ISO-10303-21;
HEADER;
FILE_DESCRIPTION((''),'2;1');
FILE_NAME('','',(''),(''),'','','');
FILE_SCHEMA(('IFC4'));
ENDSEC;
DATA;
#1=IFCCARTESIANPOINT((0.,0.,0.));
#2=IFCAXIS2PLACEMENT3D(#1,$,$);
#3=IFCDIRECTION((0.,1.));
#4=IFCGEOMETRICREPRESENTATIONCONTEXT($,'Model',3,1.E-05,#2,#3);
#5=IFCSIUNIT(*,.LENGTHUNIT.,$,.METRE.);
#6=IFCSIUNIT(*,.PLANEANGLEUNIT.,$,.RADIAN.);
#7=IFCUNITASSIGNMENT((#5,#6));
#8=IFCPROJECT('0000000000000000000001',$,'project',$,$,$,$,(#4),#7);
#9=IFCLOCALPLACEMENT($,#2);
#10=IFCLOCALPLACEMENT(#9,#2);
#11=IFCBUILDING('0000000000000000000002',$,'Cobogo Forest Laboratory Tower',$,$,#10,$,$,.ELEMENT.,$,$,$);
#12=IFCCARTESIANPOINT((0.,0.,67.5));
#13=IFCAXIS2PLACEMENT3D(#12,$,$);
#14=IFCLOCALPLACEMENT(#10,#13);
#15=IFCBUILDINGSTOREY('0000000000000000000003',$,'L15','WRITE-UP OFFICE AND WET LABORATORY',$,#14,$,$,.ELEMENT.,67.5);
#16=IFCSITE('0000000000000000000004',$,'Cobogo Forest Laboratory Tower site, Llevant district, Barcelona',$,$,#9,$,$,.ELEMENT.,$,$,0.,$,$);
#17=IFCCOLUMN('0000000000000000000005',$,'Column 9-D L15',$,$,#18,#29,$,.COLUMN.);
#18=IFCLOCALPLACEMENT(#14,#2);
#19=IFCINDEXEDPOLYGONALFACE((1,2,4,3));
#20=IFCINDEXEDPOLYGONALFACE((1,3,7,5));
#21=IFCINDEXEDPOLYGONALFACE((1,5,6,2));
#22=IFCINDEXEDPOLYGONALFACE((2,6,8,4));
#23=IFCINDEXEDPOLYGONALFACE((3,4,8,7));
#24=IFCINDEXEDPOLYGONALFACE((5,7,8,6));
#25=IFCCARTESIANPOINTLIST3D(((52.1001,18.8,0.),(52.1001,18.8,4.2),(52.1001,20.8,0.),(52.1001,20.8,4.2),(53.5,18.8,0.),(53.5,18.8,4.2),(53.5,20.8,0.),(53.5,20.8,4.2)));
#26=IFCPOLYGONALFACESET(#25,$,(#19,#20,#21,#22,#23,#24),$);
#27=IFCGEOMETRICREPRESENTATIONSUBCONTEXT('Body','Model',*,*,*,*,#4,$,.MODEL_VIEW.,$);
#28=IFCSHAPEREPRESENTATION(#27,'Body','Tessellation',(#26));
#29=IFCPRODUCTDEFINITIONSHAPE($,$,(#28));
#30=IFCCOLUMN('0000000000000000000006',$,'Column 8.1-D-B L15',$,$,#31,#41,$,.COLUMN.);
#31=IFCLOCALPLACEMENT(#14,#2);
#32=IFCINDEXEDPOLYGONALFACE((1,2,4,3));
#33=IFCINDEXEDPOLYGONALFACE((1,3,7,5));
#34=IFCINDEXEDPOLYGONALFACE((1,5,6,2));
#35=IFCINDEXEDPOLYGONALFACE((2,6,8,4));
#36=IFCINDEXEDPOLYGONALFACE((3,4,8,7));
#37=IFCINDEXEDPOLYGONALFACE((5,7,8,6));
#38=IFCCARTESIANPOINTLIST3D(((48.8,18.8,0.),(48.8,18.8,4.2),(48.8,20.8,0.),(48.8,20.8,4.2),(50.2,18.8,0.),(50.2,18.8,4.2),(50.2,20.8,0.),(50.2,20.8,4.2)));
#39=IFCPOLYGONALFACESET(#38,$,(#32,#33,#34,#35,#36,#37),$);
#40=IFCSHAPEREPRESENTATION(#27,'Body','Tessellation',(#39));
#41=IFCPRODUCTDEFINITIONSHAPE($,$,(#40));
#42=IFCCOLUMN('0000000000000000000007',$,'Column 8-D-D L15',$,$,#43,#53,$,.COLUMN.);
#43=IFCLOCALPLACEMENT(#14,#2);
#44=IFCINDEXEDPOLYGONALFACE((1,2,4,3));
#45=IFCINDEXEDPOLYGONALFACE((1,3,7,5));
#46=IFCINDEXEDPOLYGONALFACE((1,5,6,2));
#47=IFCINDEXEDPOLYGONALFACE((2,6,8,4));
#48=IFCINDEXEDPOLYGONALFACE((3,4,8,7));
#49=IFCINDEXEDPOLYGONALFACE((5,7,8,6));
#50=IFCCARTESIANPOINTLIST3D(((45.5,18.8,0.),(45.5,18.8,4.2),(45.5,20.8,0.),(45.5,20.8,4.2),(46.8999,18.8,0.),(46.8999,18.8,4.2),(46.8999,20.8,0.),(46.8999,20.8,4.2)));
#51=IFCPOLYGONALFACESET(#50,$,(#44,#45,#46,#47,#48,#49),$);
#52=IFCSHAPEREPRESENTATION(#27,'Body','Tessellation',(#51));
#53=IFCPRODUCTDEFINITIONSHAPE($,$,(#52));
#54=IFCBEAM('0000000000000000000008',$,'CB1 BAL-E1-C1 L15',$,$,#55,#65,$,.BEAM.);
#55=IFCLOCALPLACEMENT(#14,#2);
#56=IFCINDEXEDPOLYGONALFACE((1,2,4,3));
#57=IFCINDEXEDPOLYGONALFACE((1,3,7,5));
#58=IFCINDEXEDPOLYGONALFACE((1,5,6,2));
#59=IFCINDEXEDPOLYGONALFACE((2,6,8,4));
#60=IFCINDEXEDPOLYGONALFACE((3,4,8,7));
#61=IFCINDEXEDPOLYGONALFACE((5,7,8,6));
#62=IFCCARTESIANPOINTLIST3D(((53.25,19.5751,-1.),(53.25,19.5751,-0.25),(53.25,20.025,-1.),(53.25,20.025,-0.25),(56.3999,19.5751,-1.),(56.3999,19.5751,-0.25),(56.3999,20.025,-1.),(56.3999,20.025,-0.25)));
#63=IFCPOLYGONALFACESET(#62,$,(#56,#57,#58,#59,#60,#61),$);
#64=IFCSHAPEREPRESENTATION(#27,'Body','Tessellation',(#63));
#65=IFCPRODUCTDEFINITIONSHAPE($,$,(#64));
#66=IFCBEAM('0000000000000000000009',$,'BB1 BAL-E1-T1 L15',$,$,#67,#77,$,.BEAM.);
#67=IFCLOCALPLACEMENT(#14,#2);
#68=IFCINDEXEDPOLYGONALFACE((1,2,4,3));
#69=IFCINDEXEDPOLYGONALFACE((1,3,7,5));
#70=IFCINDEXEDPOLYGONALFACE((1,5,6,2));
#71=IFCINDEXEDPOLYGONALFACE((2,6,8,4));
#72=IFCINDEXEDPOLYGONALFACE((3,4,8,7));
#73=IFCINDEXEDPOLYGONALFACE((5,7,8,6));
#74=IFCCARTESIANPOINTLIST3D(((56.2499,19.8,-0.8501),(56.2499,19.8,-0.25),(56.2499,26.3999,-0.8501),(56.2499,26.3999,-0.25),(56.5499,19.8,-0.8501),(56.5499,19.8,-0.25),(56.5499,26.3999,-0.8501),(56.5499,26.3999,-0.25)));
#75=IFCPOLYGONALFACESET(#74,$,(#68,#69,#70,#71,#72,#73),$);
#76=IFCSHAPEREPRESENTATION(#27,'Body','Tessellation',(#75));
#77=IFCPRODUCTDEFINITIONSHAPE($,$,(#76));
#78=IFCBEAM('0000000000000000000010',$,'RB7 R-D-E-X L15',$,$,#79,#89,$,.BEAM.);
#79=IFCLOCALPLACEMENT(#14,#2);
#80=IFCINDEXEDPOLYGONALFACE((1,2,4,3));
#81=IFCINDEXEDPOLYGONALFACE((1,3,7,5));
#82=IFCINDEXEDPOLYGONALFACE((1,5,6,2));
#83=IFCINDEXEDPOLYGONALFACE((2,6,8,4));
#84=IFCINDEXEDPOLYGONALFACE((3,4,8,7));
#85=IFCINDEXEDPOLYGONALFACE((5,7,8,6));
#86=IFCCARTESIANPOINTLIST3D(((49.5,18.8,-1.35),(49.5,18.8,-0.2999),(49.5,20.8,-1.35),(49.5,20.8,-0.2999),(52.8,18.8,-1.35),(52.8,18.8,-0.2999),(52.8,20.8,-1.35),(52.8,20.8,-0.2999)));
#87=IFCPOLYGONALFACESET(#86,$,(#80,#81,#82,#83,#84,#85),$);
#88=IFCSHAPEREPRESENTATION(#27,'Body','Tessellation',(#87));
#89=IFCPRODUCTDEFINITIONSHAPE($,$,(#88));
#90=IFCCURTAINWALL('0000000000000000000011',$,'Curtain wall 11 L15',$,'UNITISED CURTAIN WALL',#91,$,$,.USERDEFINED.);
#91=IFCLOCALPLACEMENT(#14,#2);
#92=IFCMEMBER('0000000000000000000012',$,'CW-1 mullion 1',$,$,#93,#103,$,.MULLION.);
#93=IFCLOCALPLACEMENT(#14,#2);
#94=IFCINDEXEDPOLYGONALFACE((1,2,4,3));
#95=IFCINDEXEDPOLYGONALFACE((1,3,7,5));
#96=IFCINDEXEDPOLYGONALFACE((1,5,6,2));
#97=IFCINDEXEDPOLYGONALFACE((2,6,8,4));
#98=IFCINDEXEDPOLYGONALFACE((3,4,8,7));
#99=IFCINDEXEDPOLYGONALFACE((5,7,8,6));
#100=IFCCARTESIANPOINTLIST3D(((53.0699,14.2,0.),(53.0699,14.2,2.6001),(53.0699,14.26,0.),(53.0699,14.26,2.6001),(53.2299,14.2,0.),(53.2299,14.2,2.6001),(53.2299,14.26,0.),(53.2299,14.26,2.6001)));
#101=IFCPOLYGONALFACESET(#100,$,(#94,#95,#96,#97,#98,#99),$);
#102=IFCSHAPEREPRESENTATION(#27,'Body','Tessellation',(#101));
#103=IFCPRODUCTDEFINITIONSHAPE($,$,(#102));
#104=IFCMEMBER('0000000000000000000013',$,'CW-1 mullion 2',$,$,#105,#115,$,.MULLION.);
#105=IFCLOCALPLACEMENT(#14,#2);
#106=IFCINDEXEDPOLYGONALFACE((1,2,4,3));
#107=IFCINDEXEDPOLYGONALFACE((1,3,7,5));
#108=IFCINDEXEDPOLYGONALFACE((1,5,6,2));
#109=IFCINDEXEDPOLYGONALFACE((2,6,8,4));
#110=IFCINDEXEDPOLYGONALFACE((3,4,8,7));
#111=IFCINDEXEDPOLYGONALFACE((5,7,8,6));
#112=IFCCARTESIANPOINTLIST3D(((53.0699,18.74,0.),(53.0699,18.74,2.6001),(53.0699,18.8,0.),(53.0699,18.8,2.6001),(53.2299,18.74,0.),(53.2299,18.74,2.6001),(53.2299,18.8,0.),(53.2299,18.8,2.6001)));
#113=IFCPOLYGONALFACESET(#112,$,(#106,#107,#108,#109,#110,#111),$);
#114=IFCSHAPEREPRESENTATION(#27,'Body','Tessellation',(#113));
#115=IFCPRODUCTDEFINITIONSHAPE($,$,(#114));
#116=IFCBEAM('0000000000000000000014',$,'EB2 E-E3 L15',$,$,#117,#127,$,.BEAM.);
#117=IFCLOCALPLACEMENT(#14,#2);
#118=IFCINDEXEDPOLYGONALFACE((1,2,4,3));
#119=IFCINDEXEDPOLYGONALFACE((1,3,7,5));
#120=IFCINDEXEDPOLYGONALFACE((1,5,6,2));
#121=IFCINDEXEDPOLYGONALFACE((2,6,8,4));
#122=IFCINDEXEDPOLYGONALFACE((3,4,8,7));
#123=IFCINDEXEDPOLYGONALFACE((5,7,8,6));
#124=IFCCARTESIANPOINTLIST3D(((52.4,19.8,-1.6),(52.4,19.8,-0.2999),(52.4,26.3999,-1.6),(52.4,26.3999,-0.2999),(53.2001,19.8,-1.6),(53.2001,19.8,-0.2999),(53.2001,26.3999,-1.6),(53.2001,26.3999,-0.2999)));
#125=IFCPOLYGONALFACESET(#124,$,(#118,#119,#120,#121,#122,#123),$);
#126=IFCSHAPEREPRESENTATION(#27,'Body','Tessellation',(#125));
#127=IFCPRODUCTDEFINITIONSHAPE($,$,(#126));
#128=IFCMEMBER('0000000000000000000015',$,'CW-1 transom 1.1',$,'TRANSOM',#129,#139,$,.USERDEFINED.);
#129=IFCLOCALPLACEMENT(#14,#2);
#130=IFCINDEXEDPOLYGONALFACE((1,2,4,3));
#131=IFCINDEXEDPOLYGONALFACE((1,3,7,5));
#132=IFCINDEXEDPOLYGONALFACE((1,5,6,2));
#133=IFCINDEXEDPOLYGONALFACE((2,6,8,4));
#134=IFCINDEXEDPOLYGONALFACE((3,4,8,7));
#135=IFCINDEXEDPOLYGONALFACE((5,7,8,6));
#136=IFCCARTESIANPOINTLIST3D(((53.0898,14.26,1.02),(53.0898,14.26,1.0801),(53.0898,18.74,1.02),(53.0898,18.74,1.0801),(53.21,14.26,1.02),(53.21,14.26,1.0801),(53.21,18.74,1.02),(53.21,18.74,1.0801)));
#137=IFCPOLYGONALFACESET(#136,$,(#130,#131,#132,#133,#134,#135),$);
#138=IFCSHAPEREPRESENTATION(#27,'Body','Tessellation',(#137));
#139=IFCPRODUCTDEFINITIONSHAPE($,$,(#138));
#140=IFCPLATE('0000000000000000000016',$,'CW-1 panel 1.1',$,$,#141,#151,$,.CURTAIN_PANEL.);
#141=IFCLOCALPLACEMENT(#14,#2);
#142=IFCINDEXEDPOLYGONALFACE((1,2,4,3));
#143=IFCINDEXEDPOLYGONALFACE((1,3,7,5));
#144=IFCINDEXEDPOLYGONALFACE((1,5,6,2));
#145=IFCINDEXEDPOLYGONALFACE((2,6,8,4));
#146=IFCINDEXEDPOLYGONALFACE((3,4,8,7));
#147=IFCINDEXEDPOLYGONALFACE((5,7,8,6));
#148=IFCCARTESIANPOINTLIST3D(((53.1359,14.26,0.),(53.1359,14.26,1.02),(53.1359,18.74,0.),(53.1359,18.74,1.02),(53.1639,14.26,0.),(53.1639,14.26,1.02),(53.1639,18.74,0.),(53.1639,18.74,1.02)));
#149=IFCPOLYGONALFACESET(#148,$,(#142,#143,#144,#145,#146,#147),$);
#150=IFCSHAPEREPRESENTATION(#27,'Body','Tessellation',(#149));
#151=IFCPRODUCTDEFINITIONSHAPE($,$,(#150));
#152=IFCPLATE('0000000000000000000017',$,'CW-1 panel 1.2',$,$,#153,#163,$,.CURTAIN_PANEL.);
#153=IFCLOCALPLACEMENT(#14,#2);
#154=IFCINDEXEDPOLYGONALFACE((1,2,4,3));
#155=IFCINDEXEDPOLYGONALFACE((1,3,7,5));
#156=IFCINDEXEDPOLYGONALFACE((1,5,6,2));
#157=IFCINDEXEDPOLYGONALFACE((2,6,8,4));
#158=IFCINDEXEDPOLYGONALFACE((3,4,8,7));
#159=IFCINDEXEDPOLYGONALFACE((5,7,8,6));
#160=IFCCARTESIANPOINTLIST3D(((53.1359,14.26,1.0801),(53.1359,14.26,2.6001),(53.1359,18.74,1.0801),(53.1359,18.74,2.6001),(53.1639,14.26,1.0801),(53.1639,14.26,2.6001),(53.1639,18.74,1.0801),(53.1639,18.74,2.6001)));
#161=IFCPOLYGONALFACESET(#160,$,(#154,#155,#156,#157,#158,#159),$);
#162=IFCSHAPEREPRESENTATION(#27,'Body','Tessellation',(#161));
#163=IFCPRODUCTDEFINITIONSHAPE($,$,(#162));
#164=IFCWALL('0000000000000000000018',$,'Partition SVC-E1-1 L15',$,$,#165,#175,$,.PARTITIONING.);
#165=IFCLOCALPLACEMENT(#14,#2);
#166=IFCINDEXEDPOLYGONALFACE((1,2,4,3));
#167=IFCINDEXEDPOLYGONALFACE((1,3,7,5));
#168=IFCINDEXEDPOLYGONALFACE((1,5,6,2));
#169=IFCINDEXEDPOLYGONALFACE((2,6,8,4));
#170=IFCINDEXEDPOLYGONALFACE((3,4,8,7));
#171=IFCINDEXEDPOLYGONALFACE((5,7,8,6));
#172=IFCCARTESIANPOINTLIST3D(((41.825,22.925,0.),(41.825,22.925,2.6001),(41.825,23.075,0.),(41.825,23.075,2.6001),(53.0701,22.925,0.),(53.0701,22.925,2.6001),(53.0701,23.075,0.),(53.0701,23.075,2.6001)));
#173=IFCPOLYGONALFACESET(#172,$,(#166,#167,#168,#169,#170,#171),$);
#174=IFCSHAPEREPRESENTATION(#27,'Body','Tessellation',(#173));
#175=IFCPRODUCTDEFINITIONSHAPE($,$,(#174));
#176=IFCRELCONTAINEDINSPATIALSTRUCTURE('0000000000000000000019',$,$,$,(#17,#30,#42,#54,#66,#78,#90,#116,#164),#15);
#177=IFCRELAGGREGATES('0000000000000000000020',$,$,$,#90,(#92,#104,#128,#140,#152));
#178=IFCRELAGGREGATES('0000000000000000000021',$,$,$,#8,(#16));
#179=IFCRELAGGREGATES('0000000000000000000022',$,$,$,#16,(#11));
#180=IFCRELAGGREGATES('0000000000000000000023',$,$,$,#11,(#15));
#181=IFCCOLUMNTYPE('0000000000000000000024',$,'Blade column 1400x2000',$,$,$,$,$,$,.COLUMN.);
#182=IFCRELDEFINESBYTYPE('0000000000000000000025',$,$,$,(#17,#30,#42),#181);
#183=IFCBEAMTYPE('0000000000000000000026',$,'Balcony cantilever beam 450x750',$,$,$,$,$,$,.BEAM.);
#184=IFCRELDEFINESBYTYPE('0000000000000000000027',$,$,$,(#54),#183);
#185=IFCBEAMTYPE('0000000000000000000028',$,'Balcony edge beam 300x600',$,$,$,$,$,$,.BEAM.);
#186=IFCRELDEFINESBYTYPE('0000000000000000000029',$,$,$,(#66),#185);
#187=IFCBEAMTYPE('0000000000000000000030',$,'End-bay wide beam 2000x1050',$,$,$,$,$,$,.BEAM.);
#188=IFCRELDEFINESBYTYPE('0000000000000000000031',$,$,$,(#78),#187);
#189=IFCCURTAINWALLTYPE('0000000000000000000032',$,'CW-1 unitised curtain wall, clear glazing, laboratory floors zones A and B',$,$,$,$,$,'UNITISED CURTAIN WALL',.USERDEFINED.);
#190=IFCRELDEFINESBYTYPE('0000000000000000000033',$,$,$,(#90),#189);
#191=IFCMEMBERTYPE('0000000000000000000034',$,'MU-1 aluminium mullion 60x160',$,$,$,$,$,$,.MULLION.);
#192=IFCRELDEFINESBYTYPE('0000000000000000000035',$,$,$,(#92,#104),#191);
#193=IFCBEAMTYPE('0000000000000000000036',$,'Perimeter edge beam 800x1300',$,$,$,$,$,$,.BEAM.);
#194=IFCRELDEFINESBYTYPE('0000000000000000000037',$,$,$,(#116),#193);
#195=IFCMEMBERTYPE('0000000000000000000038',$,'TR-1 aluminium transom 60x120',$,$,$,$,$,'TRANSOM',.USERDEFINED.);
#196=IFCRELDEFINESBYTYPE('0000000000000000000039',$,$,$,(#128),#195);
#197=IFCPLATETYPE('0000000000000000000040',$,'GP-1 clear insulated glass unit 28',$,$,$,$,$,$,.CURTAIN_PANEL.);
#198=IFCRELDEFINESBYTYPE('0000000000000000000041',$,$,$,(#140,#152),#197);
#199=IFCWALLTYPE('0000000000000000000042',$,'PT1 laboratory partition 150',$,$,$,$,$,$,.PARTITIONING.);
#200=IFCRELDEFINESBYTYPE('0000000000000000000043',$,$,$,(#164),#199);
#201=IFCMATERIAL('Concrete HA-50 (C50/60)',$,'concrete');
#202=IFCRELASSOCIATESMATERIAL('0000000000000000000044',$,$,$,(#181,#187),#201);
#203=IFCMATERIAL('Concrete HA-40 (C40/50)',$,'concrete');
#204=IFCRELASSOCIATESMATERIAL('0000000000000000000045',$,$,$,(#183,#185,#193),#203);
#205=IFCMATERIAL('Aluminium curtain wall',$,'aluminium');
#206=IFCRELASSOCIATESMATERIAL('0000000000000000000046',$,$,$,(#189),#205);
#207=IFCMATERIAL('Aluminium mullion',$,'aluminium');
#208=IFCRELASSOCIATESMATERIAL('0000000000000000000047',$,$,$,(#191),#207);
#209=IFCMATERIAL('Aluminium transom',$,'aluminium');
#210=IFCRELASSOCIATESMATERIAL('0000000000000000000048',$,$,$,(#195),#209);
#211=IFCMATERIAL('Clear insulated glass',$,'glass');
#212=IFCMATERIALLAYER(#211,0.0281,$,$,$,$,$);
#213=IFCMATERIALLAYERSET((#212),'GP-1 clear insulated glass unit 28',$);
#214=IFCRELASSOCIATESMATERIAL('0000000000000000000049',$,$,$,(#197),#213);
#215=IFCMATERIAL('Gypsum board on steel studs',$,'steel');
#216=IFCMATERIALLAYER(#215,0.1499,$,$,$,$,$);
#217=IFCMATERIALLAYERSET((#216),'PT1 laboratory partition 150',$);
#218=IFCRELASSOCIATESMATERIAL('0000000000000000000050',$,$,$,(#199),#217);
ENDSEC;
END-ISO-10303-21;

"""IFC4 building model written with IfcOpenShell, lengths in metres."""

from ifc_helpers import new_model, si_unit, direction, frame, frame_2d, origin, origin_2d, place, context, subcontext, project, spatial, rectangle, extrude, material, layer, layer_set, material_profile, profile_set, type_object, element, aggregate, save


model = new_model("IFC4")

# Units and contexts
model_context = context("Model", 3, precision=1e-05, world=origin(), true_north=direction((0.0, 1.0)))
body_context = subcontext(model_context, "Body", "Model", "MODEL_VIEW")
ifc_project = project(units=[si_unit("LENGTHUNIT", "METRE"), si_unit("PLANEANGLEUNIT", "RADIAN")], contexts=[model_context])

# Site, building, storey
site_placement = place(None, origin())
site = spatial("IfcSite", under=ifc_project, at=site_placement, Name="Cobogo Forest Laboratory Tower site, Llevant district, Barcelona", CompositionType="ELEMENT", RefElevation=0.0)
building_placement = place(site_placement, origin())
building = spatial("IfcBuilding", under=site, at=building_placement, Name="Cobogo Forest Laboratory Tower", CompositionType="ELEMENT")
storey_placement = place(building_placement, frame((0.0, 0.0, 67.5)))
storey = spatial("IfcBuildingStorey", under=building, at=storey_placement, Name="L15", Description="WRITE-UP OFFICE AND WET LABORATORY", CompositionType="ELEMENT", Elevation=67.5)

# Columns
ifc_material_1 = material(Name="Concrete HA-50 (C50/60)", Category="concrete")
ifc_material_profile_1 = material_profile(ifc_material_1, rectangle(XDim=2.0, YDim=1.3999, at=origin_2d()), Name="RC 1400x2000")
ifc_profile_set_1 = profile_set([ifc_material_profile_1], Name="Concrete HA-50 (C50/60)")
column_type = type_object("IfcColumnType", Name="Blade column 1400x2000", PredefinedType="COLUMN", material=ifc_profile_set_1)
for number, where, z_axis, x_axis, name in (
    (1, (52.8, 19.8, 0.0), (0.0, 0.0, 1.0), (0.0, 1.0, 0.0), "Column 9-D L15"),
    (2, (49.5, 19.8, 0.0), (0.0, 0.0, 1.0), (0.0, 1.0, 0.0), "Column 8.1-D-B L15"),
    (3, (46.2, 19.8, 0.0), (0.0, 0.0, 1.0), (0.0, 1.0, 0.0), "Column 8-D-D L15"),
):
    element("IfcColumn", number, at=place(storey_placement, frame(where, z_axis=z_axis, x_axis=x_axis)), inside=storey, type_object=column_type, Name=name, PredefinedType="COLUMN", context=body_context, shape_type="SweptSolid", body=[
        extrude(rectangle(XDim=2.0, YDim=1.3999, at=origin_2d()), origin(), (0.0, 0.0, 1.0), 4.2),
    ])

# Beams
ifc_material_2 = material(Name="Concrete HA-40 (C40/50)", Category="concrete")
ifc_material_profile_2 = material_profile(ifc_material_2, rectangle(XDim=0.45, YDim=0.75, at=origin_2d()), Name="RC 450x750")
ifc_profile_set_2 = profile_set([ifc_material_profile_2], Name="Concrete HA-40 (C40/50)")
beam_type_1 = type_object("IfcBeamType", Name="Balcony cantilever beam 450x750", PredefinedType="BEAM", material=ifc_profile_set_2)
beam_1_placement = place(storey_placement, frame((53.25, 19.8, -0.625), z_axis=(1.0, 0.0, 0.0), x_axis=(0.0, 1.0, 0.0)))
element("IfcBeam", 4, at=beam_1_placement, inside=storey, type_object=beam_type_1, Name="CB1 BAL-E1-C1 L15", PredefinedType="BEAM", context=body_context, shape_type="SweptSolid", body=[
    extrude(rectangle(XDim=0.45, YDim=0.75, at=origin_2d()), origin(), (0.0, 0.0, 1.0), 3.1499),
])
ifc_material_profile_3 = material_profile(ifc_material_2, rectangle(XDim=0.3, YDim=0.6001, at=origin_2d()), Name="RC 300x600")
ifc_profile_set_3 = profile_set([ifc_material_profile_3], Name="Concrete HA-40 (C40/50)")
beam_type_2 = type_object("IfcBeamType", Name="Balcony edge beam 300x600", PredefinedType="BEAM", material=ifc_profile_set_3)
beam_2_placement = place(storey_placement, frame((56.3999, 19.8, -0.55), z_axis=(0.0, 1.0, 0.0), x_axis=(-1.0, 0.0, 0.0)))
element("IfcBeam", 5, at=beam_2_placement, inside=storey, type_object=beam_type_2, Name="BB1 BAL-E1-T1 L15", PredefinedType="BEAM", context=body_context, shape_type="SweptSolid", body=[
    extrude(rectangle(XDim=0.3, YDim=0.6001, at=origin_2d()), origin(), (0.0, 0.0, 1.0), 6.5999),
])
ifc_material_profile_4 = material_profile(ifc_material_1, rectangle(XDim=2.0, YDim=1.05, at=origin_2d()), Name="RC 2000x1050")
ifc_profile_set_4 = profile_set([ifc_material_profile_4], Name="Concrete HA-50 (C50/60)")
beam_type_3 = type_object("IfcBeamType", Name="End-bay wide beam 2000x1050", PredefinedType="BEAM", material=ifc_profile_set_4)
beam_3_placement = place(storey_placement, frame((52.8, 19.8, -0.825), z_axis=(-1.0, 0.0, 0.0), x_axis=(0.0, -1.0, 0.0)))
element("IfcBeam", 6, at=beam_3_placement, inside=storey, type_object=beam_type_3, Name="RB7 R-D-E-X L15", PredefinedType="BEAM", context=body_context, shape_type="SweptSolid", body=[
    extrude(rectangle(XDim=2.0, YDim=1.05, at=origin_2d()), origin(), (0.0, 0.0, 1.0), 3.3),
])

# Curtain wall, members
ifc_material_3 = material(Name="Aluminium curtain wall", Category="aluminium")
curtain_wall_type = type_object("IfcCurtainWallType", Name="CW-1 unitised curtain wall, clear glazing, laboratory floors zones A and B", ElementType="UNITISED CURTAIN WALL", PredefinedType="USERDEFINED", material=ifc_material_3)
curtain_wall_placement = place(storey_placement, origin())
curtain_wall = element("IfcCurtainWall", 7, at=curtain_wall_placement, inside=storey, type_object=curtain_wall_type, Name="Curtain wall 11 L15", ObjectType="UNITISED CURTAIN WALL", PredefinedType="USERDEFINED")
ifc_material_4 = material(Name="Aluminium mullion", Category="aluminium")
ifc_material_profile_5 = material_profile(ifc_material_4, rectangle(XDim=0.0601, YDim=0.1599, at=origin_2d()), Name="AL 60x160")
ifc_profile_set_5 = profile_set([ifc_material_profile_5], Name="Aluminium mullion")
member_type_1 = type_object("IfcMemberType", Name="MU-1 aluminium mullion 60x160", PredefinedType="MULLION", material=ifc_profile_set_5)
member_1_placement = place(storey_placement, frame((53.1499, 14.23, 0.0), z_axis=(0.0, 0.0, 1.0), x_axis=(0.0, 1.0, 0.0)))
member_1 = element("IfcMember", 8, at=member_1_placement, type_object=member_type_1, Name="CW-1 mullion 1", PredefinedType="MULLION", context=body_context, shape_type="SweptSolid", body=[
    extrude(rectangle(XDim=0.0601, YDim=0.1599, at=origin_2d()), origin(), (0.0, 0.0, 1.0), 2.6001),
])
member_2_placement = place(storey_placement, frame((53.1499, 18.77, 0.0), z_axis=(0.0, 0.0, 1.0), x_axis=(0.0, 1.0, 0.0)))
member_2 = element("IfcMember", 9, at=member_2_placement, type_object=member_type_1, Name="CW-1 mullion 2", PredefinedType="MULLION", context=body_context, shape_type="SweptSolid", body=[
    extrude(rectangle(XDim=0.0601, YDim=0.1599, at=origin_2d()), origin(), (0.0, 0.0, 1.0), 2.6001),
])

# Beam
ifc_material_profile_6 = material_profile(ifc_material_2, rectangle(XDim=0.8, YDim=1.3, at=origin_2d()), Name="RC 800x1300")
ifc_profile_set_6 = profile_set([ifc_material_profile_6], Name="Concrete HA-40 (C40/50)")
beam_type_4 = type_object("IfcBeamType", Name="Perimeter edge beam 800x1300", PredefinedType="BEAM", material=ifc_profile_set_6)
beam_4_placement = place(storey_placement, frame((52.8, 19.8, -0.95), z_axis=(0.0, 1.0, 0.0), x_axis=(-1.0, 0.0, 0.0)))
element("IfcBeam", 10, at=beam_4_placement, inside=storey, type_object=beam_type_4, Name="EB2 E-E3 L15", PredefinedType="BEAM", context=body_context, shape_type="SweptSolid", body=[
    extrude(rectangle(XDim=0.8, YDim=1.3, at=origin_2d()), origin(), (0.0, 0.0, 1.0), 6.5999),
])

# Member
ifc_material_5 = material(Name="Aluminium transom", Category="aluminium")
ifc_material_profile_7 = material_profile(ifc_material_5, rectangle(XDim=0.1201, YDim=0.0601, at=origin_2d()), Name="AL 60x120")
ifc_profile_set_7 = profile_set([ifc_material_profile_7], Name="Aluminium transom")
member_type_2 = type_object("IfcMemberType", Name="TR-1 aluminium transom 60x120", ElementType="TRANSOM", PredefinedType="USERDEFINED", material=ifc_profile_set_7)
member_3_placement = place(storey_placement, frame((53.1499, 14.26, 1.05), z_axis=(0.0, 1.0, 0.0), x_axis=(-1.0, 0.0, 0.0)))
member_3 = element("IfcMember", 11, at=member_3_placement, type_object=member_type_2, Name="CW-1 transom 1.1", ObjectType="TRANSOM", PredefinedType="USERDEFINED", context=body_context, shape_type="SweptSolid", body=[
    extrude(rectangle(XDim=0.1201, YDim=0.0601, at=origin_2d()), origin(), (0.0, 0.0, 1.0), 4.48),
])

# Plates
ifc_material_6 = material(Name="Clear insulated glass", Category="glass")
ifc_layer_1 = layer(ifc_material_6, 0.0281)
ifc_layer_set_1 = layer_set([ifc_layer_1], Name="GP-1 clear insulated glass unit 28")
plate_type_1 = type_object("IfcPlateType", Name="GP-1 clear insulated glass unit 28", PredefinedType="CURTAIN_PANEL", material=ifc_layer_set_1)
plate_1_placement = place(storey_placement, frame((53.1499, 16.5, 0.0), z_axis=(0.0, 0.0, 1.0), x_axis=(0.0, 1.0, 0.0)))
plate_1 = element("IfcPlate", 12, at=plate_1_placement, type_object=plate_type_1, Name="CW-1 panel 1.1", PredefinedType="CURTAIN_PANEL", context=body_context, shape_type="SweptSolid", body=[
    extrude(rectangle(XDim=4.48, YDim=0.0281, at=origin_2d()), origin(), (0.0, 0.0, 1.0), 1.02),
])
plate_2_placement = place(storey_placement, frame((53.1499, 16.5, 1.0801), z_axis=(0.0, 0.0, 1.0), x_axis=(0.0, 1.0, 0.0)))
plate_2 = element("IfcPlate", 13, at=plate_2_placement, type_object=plate_type_1, Name="CW-1 panel 1.2", PredefinedType="CURTAIN_PANEL", context=body_context, shape_type="SweptSolid", body=[
    extrude(rectangle(XDim=4.48, YDim=0.0281, at=origin_2d()), origin(), (0.0, 0.0, 1.0), 1.52),
])
aggregate(curtain_wall, [member_1, member_2, member_3, plate_1, plate_2])

# Wall
ifc_material_7 = material(Name="Gypsum board on steel studs", Category="steel")
ifc_layer_2 = layer(ifc_material_7, 0.1499)
ifc_layer_set_2 = layer_set([ifc_layer_2], Name="PT1 laboratory partition 150")
wall_type_1 = type_object("IfcWallType", Name="PT1 laboratory partition 150", PredefinedType="PARTITIONING", material=ifc_layer_set_2)
wall_1_placement = place(storey_placement, frame((53.0701, 23.0, 0.0), z_axis=(0.0, 0.0, 1.0), x_axis=(-1.0, 0.0, 0.0)))
element("IfcWall", 14, at=wall_1_placement, inside=storey, type_object=wall_type_1, Name="Partition SVC-E1-1 L15", PredefinedType="PARTITIONING", context=body_context, shape_type="SweptSolid", body=[
    extrude(rectangle(XDim=11.2451, YDim=0.1499, at=frame_2d((5.6226, 0.0))), origin(), (0.0, 0.0, 1.0), 2.6001),
])

save(model, "model.ifc")
